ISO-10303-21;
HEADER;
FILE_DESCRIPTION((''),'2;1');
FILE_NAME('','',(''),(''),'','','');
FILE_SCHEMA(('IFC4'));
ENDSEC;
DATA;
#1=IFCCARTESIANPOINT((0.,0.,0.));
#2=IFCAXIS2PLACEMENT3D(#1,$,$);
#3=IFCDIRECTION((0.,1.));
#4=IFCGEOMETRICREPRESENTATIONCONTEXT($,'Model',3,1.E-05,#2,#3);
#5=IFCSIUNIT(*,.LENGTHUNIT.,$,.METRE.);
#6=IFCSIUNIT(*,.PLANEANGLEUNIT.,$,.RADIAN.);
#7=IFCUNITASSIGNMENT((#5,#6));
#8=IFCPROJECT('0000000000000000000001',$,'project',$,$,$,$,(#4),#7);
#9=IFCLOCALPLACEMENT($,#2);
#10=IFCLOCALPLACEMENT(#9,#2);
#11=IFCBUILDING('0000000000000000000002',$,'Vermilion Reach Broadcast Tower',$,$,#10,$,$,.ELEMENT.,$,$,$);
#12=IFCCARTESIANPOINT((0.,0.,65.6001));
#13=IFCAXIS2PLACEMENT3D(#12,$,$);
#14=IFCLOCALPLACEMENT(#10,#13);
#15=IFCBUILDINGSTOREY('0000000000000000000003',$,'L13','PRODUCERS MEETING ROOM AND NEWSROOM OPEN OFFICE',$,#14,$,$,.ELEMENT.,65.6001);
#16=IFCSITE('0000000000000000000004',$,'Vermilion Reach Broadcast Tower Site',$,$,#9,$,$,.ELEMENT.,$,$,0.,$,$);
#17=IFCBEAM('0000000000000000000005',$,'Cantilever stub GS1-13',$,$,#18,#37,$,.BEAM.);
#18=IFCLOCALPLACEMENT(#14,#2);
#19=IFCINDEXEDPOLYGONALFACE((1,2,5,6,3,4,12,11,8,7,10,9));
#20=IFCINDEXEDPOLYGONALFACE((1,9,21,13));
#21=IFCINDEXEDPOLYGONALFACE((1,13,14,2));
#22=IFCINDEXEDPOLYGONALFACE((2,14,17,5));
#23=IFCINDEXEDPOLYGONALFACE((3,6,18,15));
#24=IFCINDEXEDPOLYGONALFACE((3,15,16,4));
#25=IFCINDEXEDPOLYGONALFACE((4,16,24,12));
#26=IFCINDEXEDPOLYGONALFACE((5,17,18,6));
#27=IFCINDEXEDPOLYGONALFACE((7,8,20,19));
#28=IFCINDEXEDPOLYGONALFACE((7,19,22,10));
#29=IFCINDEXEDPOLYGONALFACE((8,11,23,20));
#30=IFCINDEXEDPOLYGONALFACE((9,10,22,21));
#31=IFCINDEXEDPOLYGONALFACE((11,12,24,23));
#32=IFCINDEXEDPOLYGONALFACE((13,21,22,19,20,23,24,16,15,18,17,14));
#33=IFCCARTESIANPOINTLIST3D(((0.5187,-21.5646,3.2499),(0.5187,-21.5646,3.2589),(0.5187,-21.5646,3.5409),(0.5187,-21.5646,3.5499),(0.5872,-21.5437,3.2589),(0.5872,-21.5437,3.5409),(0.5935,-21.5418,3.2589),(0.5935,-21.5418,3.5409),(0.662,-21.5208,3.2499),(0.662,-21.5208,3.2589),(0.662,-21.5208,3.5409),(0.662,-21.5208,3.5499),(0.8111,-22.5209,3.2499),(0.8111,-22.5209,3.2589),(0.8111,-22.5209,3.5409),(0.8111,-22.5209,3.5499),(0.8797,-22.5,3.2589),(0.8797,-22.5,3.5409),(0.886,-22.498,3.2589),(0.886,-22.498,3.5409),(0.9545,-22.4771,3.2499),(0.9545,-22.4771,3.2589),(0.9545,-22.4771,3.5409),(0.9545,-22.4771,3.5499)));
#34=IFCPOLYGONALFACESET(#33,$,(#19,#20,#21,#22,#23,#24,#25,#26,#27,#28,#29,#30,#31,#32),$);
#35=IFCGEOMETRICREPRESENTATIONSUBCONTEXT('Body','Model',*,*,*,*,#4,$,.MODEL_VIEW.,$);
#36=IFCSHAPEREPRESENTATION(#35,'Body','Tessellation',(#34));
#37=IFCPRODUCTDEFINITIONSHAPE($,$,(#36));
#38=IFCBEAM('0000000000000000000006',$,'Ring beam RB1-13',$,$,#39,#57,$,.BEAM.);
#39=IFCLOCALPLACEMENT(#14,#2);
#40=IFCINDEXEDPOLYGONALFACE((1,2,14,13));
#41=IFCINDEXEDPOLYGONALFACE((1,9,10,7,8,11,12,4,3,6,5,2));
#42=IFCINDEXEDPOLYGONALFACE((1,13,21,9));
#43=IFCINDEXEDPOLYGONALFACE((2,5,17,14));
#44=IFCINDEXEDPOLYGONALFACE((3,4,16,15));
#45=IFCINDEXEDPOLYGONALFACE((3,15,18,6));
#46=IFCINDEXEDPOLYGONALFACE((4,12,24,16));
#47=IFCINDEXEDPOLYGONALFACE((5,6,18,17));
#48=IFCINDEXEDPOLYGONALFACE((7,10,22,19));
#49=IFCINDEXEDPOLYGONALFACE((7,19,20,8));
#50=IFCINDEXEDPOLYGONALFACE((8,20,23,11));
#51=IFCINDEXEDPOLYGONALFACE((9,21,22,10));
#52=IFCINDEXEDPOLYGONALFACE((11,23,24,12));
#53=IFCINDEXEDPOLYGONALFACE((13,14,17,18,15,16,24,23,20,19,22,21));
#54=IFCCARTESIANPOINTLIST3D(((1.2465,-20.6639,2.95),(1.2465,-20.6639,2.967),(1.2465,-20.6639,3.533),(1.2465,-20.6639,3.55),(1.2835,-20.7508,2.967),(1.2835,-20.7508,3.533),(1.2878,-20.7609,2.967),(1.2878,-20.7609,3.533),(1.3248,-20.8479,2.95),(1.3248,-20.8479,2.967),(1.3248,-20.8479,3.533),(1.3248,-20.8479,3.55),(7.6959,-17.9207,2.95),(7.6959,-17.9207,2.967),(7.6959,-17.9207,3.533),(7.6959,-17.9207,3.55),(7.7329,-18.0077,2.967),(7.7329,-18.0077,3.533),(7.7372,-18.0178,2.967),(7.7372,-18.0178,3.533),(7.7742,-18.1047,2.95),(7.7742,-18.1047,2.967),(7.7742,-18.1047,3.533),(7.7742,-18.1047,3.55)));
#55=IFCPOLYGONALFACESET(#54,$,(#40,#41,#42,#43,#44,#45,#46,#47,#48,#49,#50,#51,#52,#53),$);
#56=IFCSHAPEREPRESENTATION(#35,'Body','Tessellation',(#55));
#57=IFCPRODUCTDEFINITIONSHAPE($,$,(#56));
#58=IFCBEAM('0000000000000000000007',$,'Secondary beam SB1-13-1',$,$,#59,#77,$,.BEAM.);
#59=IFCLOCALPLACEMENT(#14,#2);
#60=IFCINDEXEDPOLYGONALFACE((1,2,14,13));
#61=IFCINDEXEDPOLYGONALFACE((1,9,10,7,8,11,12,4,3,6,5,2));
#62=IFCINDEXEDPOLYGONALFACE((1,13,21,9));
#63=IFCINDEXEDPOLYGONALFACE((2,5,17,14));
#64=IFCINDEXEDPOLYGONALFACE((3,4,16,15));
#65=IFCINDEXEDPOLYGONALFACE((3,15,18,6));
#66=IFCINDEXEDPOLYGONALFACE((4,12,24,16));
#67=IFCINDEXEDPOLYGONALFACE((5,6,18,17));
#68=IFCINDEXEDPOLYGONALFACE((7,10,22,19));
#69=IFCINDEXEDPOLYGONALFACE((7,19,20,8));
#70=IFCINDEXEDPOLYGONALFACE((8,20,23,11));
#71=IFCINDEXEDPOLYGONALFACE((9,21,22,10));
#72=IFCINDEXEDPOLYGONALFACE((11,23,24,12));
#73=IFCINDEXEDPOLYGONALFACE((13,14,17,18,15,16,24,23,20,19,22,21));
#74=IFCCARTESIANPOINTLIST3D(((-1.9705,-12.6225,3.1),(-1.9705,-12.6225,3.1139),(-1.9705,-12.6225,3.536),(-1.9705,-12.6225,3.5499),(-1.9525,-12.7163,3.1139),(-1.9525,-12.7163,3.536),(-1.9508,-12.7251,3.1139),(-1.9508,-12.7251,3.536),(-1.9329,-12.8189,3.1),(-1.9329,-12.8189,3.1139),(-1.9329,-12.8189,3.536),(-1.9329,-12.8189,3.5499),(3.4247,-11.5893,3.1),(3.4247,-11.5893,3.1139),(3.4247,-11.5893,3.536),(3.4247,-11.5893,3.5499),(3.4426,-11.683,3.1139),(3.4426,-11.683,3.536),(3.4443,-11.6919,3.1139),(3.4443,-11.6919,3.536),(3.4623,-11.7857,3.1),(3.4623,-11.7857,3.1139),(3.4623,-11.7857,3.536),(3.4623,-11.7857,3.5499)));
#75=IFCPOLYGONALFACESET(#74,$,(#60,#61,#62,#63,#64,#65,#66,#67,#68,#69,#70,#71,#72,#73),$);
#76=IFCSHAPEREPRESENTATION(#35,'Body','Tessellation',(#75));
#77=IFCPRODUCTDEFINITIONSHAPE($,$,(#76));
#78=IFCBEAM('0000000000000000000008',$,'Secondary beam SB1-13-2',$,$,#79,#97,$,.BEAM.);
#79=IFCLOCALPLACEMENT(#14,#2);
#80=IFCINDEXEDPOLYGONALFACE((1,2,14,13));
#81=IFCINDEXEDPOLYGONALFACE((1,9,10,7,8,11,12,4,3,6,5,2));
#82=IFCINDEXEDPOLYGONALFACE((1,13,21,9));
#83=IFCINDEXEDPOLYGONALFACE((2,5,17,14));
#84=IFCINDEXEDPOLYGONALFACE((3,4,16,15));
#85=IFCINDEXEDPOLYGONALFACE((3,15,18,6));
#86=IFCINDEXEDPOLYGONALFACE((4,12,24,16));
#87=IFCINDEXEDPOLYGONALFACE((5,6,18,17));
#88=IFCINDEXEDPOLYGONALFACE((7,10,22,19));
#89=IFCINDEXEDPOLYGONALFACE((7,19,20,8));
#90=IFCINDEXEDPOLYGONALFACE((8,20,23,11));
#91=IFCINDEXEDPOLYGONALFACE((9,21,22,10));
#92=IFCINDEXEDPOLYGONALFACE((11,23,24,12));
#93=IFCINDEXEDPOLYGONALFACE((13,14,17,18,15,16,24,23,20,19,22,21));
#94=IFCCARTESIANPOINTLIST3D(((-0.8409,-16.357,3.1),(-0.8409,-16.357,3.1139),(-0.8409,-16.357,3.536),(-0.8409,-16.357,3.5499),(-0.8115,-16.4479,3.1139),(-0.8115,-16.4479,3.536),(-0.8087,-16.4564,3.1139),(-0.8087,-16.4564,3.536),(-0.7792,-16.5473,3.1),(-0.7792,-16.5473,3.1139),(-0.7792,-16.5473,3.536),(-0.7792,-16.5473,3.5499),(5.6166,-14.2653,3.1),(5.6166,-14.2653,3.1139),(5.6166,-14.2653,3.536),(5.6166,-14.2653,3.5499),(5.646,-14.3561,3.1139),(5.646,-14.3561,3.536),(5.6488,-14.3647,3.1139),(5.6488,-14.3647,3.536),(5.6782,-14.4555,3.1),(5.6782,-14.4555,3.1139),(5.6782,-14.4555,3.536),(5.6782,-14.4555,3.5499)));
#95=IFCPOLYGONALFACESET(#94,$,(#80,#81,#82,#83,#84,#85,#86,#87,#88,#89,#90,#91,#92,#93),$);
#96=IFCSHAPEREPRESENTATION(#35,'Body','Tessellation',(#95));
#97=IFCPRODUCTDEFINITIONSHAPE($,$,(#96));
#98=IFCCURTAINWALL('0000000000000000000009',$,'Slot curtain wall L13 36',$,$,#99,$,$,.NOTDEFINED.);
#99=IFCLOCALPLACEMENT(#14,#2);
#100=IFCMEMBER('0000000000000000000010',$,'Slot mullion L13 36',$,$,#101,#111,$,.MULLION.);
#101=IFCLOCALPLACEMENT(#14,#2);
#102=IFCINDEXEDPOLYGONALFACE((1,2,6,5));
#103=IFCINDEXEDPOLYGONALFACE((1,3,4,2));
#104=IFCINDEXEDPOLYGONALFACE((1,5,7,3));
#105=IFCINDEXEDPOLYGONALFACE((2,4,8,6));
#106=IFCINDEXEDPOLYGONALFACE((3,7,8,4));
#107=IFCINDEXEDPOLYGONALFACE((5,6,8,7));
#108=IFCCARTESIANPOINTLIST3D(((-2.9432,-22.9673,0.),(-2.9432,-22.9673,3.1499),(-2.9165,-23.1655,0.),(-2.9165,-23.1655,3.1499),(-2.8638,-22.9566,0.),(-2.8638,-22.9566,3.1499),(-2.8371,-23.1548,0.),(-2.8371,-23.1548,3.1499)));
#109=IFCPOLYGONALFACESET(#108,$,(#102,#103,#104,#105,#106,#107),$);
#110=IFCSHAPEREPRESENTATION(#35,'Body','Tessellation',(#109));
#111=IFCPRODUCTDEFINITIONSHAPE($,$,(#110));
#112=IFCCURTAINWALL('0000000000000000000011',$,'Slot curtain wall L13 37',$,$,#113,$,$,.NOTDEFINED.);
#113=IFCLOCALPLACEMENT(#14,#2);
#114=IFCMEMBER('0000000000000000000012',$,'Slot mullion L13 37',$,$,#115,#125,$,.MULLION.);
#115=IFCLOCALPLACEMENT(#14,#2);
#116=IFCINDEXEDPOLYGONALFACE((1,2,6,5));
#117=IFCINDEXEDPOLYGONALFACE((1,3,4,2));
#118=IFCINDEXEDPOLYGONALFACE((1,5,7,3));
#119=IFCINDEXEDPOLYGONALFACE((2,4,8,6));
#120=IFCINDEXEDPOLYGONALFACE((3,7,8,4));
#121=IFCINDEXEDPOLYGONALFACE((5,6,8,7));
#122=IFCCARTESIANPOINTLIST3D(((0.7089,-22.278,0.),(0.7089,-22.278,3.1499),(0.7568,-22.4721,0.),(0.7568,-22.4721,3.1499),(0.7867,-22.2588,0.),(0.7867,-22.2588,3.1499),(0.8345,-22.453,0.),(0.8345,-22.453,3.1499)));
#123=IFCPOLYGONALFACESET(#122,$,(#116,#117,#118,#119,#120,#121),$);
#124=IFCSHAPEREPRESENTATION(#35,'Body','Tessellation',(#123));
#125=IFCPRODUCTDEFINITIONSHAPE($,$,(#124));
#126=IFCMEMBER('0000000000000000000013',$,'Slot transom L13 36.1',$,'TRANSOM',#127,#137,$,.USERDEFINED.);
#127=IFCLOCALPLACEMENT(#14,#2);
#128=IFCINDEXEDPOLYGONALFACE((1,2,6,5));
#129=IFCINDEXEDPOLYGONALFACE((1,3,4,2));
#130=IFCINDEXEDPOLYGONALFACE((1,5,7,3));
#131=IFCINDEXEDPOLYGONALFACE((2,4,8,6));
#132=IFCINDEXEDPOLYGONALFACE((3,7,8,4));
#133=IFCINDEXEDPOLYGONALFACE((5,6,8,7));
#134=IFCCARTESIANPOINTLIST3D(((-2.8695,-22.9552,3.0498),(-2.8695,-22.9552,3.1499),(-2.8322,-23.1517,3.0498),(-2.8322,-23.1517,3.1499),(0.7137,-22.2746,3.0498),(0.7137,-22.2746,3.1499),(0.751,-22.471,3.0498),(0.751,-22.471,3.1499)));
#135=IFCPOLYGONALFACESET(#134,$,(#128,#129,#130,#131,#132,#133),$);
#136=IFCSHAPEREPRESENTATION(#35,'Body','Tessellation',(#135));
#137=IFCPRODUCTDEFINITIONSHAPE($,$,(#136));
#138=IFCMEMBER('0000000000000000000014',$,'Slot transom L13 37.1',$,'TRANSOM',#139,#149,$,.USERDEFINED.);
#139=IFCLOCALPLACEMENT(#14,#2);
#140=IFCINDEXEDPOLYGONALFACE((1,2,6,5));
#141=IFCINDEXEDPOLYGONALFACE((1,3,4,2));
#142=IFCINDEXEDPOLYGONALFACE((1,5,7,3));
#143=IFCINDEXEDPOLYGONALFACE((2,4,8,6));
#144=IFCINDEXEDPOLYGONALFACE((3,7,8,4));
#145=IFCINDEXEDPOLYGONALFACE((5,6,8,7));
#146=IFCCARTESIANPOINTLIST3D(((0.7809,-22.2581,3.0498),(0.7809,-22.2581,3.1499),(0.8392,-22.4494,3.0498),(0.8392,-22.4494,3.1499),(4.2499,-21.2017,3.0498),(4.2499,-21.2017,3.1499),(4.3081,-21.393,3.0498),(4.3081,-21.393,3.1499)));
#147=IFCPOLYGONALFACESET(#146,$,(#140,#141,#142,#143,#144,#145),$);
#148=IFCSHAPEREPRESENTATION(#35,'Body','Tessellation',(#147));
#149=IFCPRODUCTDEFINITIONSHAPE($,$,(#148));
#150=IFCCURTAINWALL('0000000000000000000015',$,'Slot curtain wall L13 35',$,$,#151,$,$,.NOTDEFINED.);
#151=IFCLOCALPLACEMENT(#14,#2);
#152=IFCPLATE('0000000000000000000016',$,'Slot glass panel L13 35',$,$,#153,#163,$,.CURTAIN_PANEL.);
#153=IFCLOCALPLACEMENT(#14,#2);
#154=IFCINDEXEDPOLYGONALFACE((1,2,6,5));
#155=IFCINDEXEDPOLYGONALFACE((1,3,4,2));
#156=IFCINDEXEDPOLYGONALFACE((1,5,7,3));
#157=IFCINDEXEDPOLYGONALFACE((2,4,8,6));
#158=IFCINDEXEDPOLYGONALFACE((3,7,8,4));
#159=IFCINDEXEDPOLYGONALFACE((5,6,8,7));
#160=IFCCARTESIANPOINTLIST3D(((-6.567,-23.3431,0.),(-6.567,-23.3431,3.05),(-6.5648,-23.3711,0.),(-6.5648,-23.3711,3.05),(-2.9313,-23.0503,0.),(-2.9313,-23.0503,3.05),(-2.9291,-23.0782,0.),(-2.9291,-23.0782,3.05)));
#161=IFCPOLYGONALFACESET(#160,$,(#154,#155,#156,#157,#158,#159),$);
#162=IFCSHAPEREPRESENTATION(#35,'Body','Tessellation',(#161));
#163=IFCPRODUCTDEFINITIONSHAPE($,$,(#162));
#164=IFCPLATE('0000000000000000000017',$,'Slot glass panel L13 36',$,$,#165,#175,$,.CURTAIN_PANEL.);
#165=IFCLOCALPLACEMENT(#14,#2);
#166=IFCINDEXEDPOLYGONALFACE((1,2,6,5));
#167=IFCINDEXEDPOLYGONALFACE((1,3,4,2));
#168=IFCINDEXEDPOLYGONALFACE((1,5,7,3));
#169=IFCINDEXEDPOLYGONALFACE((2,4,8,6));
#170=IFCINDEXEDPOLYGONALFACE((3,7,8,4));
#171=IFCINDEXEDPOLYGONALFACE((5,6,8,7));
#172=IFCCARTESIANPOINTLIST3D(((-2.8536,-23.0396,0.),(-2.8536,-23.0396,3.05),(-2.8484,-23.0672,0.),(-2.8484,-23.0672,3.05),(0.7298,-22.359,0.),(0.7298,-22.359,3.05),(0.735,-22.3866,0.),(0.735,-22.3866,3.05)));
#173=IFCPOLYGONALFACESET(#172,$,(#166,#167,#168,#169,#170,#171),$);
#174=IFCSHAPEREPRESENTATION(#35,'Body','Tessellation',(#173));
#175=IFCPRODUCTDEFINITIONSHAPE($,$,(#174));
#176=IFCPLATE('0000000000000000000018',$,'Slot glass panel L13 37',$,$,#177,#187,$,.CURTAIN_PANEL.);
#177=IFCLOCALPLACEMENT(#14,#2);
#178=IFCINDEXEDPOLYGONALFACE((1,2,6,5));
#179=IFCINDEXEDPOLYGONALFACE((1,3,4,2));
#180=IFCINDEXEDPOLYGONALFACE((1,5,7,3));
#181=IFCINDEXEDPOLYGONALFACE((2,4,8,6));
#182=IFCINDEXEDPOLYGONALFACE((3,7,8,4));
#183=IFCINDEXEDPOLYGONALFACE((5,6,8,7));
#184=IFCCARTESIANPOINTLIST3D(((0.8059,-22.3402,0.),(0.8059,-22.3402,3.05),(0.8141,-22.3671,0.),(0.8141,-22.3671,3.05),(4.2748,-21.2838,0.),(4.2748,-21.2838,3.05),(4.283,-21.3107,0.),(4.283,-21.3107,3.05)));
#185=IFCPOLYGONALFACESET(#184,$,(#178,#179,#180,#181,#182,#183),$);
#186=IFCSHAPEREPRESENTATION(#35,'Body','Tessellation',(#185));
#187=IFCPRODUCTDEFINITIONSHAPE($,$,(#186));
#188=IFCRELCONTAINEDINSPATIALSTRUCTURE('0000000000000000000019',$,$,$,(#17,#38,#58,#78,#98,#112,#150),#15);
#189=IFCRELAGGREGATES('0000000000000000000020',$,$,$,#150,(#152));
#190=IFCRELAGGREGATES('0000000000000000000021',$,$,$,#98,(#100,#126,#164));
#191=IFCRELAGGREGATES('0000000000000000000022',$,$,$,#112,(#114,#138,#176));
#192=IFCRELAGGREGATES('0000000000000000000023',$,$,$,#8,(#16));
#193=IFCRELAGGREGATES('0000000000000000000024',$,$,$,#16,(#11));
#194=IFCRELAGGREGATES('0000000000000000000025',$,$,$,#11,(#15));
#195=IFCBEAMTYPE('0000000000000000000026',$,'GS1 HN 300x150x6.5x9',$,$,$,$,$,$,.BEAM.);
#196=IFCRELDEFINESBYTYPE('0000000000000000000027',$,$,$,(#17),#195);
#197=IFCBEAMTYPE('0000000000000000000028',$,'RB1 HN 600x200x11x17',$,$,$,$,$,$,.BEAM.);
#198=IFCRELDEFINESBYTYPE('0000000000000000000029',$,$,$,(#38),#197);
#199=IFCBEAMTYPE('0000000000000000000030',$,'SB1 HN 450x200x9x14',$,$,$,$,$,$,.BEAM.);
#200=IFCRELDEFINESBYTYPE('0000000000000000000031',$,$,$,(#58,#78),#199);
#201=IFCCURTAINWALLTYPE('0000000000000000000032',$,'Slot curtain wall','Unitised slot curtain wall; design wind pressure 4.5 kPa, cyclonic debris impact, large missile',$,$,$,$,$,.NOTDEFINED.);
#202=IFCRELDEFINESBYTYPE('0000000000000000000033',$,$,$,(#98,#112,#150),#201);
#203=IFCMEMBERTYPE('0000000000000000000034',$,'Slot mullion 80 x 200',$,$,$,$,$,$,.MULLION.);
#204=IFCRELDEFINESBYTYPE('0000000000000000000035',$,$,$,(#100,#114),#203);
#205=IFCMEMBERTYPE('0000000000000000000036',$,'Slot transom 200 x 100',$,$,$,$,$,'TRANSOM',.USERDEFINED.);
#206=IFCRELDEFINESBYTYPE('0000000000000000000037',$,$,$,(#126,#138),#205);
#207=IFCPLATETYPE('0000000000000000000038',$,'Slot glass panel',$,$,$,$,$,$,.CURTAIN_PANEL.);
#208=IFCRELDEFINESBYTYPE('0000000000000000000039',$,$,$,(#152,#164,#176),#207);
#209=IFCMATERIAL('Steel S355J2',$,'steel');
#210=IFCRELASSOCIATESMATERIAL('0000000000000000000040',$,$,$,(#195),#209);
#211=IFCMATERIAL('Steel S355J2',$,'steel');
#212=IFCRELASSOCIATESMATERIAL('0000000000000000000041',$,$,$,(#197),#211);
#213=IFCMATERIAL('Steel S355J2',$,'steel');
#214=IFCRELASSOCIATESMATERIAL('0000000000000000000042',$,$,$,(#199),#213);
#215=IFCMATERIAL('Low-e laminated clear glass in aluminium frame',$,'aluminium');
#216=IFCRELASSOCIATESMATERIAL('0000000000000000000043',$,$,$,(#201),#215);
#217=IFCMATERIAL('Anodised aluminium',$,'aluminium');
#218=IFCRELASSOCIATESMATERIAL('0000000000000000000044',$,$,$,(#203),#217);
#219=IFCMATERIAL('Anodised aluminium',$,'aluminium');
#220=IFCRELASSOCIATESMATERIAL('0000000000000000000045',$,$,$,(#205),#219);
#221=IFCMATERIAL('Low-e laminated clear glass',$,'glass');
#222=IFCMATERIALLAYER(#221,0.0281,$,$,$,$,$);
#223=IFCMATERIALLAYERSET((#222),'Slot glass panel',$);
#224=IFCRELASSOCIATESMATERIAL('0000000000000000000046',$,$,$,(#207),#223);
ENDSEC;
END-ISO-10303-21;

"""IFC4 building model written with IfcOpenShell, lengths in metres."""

from ifc_helpers import new_model, si_unit, direction, frame, origin, origin_2d, place, context, subcontext, project, spatial, rectangle, i_section, extrude, material, layer, layer_set, material_profile, profile_set, type_object, element, aggregate, save


model = new_model("IFC4")

# Units and contexts
model_context = context("Model", 3, precision=1e-05, world=origin(), true_north=direction((0.0, 1.0)))
body_context = subcontext(model_context, "Body", "Model", "MODEL_VIEW")
ifc_project = project(units=[si_unit("LENGTHUNIT", "METRE"), si_unit("PLANEANGLEUNIT", "RADIAN")], contexts=[model_context])

# Site, building, storey
site_placement = place(None, origin())
site = spatial("IfcSite", under=ifc_project, at=site_placement, Name="Vermilion Reach Broadcast Tower Site", CompositionType="ELEMENT", RefElevation=0.0)
building_placement = place(site_placement, origin())
building = spatial("IfcBuilding", under=site, at=building_placement, Name="Vermilion Reach Broadcast Tower", CompositionType="ELEMENT")
storey_placement = place(building_placement, frame((0.0, 0.0, 65.6001)))
storey = spatial("IfcBuildingStorey", under=building, at=storey_placement, Name="L13", Description="PRODUCERS MEETING ROOM AND NEWSROOM OPEN OFFICE", CompositionType="ELEMENT", Elevation=65.6001)

# Beams
ifc_material_1 = material(Name="Steel S355J2", Category="steel")
ifc_material_profile_1 = material_profile(ifc_material_1, i_section(OverallWidth=0.1499, OverallDepth=0.3, WebThickness=0.0066, FlangeThickness=0.009, at=origin_2d()), Name="S355J2 HN 300x150x6.5x9")
ifc_profile_set_1 = profile_set([ifc_material_profile_1], Name="Steel S355J2")
beam_type_1 = type_object("IfcBeamType", Name="GS1 HN 300x150x6.5x9", PredefinedType="BEAM", material=ifc_profile_set_1)
beam_1_placement = place(storey_placement, frame((0.5903, -21.5427, 3.3999), z_axis=(0.292473, -0.956274, 0.0), x_axis=(0.956274, 0.292473, 0.0)))
element("IfcBeam", 1, at=beam_1_placement, inside=storey, type_object=beam_type_1, Name="Cantilever stub GS1-13", PredefinedType="BEAM", context=body_context, shape_type="SweptSolid", body=[
    extrude(i_section(OverallWidth=0.1499, OverallDepth=0.3, WebThickness=0.0066, FlangeThickness=0.009, at=origin_2d()), origin(), (0.0, 0.0, 1.0), 1.0),
])
ifc_material_2 = material(Name="Steel S355J2", Category="steel")
ifc_material_profile_2 = material_profile(ifc_material_2, i_section(OverallWidth=0.2, OverallDepth=0.6001, WebThickness=0.011, FlangeThickness=0.0171, at=origin_2d()), Name="S355J2 HN 600x200x11x17")
ifc_profile_set_2 = profile_set([ifc_material_profile_2], Name="Steel S355J2")
beam_type_2 = type_object("IfcBeamType", Name="RB1 HN 600x200x11x17", PredefinedType="BEAM", material=ifc_profile_set_2)
beam_2_placement = place(storey_placement, frame((1.2856, -20.7559, 3.25), z_axis=(0.920221, 0.3914, 0.0), x_axis=(-0.3914, 0.920221, 0.0)))
element("IfcBeam", 2, at=beam_2_placement, inside=storey, type_object=beam_type_2, Name="Ring beam RB1-13", PredefinedType="BEAM", context=body_context, shape_type="SweptSolid", body=[
    extrude(i_section(OverallWidth=0.2, OverallDepth=0.6001, WebThickness=0.011, FlangeThickness=0.0171, at=origin_2d()), origin(), (0.0, 0.0, 1.0), 7.0085),
])
ifc_material_3 = material(Name="Steel S355J2", Category="steel")
ifc_material_profile_3 = material_profile(ifc_material_3, i_section(OverallWidth=0.2, OverallDepth=0.45, WebThickness=0.009, FlangeThickness=0.0139, at=origin_2d()), Name="S355J2 HN 450x200x9x14")
ifc_profile_set_3 = profile_set([ifc_material_profile_3], Name="Steel S355J2")
beam_type_3 = type_object("IfcBeamType", Name="SB1 HN 450x200x9x14", PredefinedType="BEAM", material=ifc_profile_set_3)
beam_3_placement = place(storey_placement, frame((-1.9517, -12.7207, 3.325), z_axis=(0.982151, 0.188092, 0.0), x_axis=(-0.188092, 0.982151, 0.0)))
element("IfcBeam", 3, at=beam_3_placement, inside=storey, type_object=beam_type_3, Name="Secondary beam SB1-13-1", PredefinedType="BEAM", context=body_context, shape_type="SweptSolid", body=[
    extrude(i_section(OverallWidth=0.2, OverallDepth=0.45, WebThickness=0.009, FlangeThickness=0.0139, at=origin_2d()), origin(), (0.0, 0.0, 1.0), 5.4932),
])
beam_4_placement = place(storey_placement, frame((-0.8101, -16.4521, 3.325), z_axis=(0.951332, 0.308167, 0.0), x_axis=(-0.308167, 0.951332, 0.0)))
element("IfcBeam", 4, at=beam_4_placement, inside=storey, type_object=beam_type_3, Name="Secondary beam SB1-13-2", PredefinedType="BEAM", context=body_context, shape_type="SweptSolid", body=[
    extrude(i_section(OverallWidth=0.2, OverallDepth=0.45, WebThickness=0.009, FlangeThickness=0.0139, at=origin_2d()), origin(), (0.0, 0.0, 1.0), 6.7878),
])

# Curtain walls, members
ifc_material_4 = material(Name="Low-e laminated clear glass in aluminium frame", Category="aluminium")
curtain_wall_type = type_object("IfcCurtainWallType", Name="Slot curtain wall", Description="Unitised slot curtain wall; design wind pressure 4.5 kPa, cyclonic debris impact, large missile", PredefinedType="NOTDEFINED", material=ifc_material_4)
placement = place(storey_placement, origin())
curtain_wall_1 = element("IfcCurtainWall", 5, at=placement, inside=storey, type_object=curtain_wall_type, Name="Slot curtain wall L13 36", PredefinedType="NOTDEFINED")
ifc_material_5 = material(Name="Anodised aluminium", Category="aluminium")
ifc_material_profile_4 = material_profile(ifc_material_5, rectangle(XDim=0.2, YDim=0.0801, at=origin_2d()), Name="Slot mullion 80 x 200")
ifc_profile_set_4 = profile_set([ifc_material_profile_4], Name="Anodised aluminium")
member_type_1 = type_object("IfcMemberType", Name="Slot mullion 80 x 200", PredefinedType="MULLION", material=ifc_profile_set_4)
member_1_placement = place(storey_placement, frame((-2.8901, -23.061, 0.0), z_axis=(0.0, 0.0, 1.0), x_axis=(-0.13364, 0.99103, 0.0)))
member_1 = element("IfcMember", 6, at=member_1_placement, type_object=member_type_1, Name="Slot mullion L13 36", PredefinedType="MULLION", context=body_context, shape_type="SweptSolid", body=[
    extrude(rectangle(XDim=0.2, YDim=0.0801, at=origin_2d()), origin(), (0.0, 0.0, 1.0), 3.1499),
])
curtain_wall_2 = element("IfcCurtainWall", 7, at=placement, inside=storey, type_object=curtain_wall_type, Name="Slot curtain wall L13 37", PredefinedType="NOTDEFINED")
member_2_placement = place(storey_placement, frame((0.7717, -22.3655, 0.0), z_axis=(0.0, 0.0, 1.0), x_axis=(-0.239312, 0.970943, 0.0)))
member_2 = element("IfcMember", 8, at=member_2_placement, type_object=member_type_1, Name="Slot mullion L13 37", PredefinedType="MULLION", context=body_context, shape_type="SweptSolid", body=[
    extrude(rectangle(XDim=0.2, YDim=0.0801, at=origin_2d()), origin(), (0.0, 0.0, 1.0), 3.1499),
])

# Members
ifc_material_6 = material(Name="Anodised aluminium", Category="aluminium")
ifc_material_profile_5 = material_profile(ifc_material_6, rectangle(XDim=0.2, YDim=0.1001, at=origin_2d()), Name="Slot transom 200 x 100")
ifc_profile_set_5 = profile_set([ifc_material_profile_5], Name="Anodised aluminium")
member_type_2 = type_object("IfcMemberType", Name="Slot transom 200 x 100", ElementType="TRANSOM", PredefinedType="USERDEFINED", material=ifc_profile_set_5)
member_3_placement = place(storey_placement, frame((-2.8508, -23.0535, 3.0999), z_axis=(0.982432, 0.18662, 0.0), x_axis=(-0.18662, 0.982432, 0.0)))
member_3 = element("IfcMember", 9, at=member_3_placement, type_object=member_type_2, Name="Slot transom L13 36.1", ObjectType="TRANSOM", PredefinedType="USERDEFINED", context=body_context, shape_type="SweptSolid", body=[
    extrude(rectangle(XDim=0.2, YDim=0.1001, at=origin_2d()), origin(), (0.0, 0.0, 1.0), 3.6472),
])
member_4_placement = place(storey_placement, frame((0.8101, -22.3538, 3.0999), z_axis=(0.956627, 0.291317, 0.0), x_axis=(-0.291317, 0.956627, 0.0)))
member_4 = element("IfcMember", 10, at=member_4_placement, type_object=member_type_2, Name="Slot transom L13 37.1", ObjectType="TRANSOM", PredefinedType="USERDEFINED", context=body_context, shape_type="SweptSolid", body=[
    extrude(rectangle(XDim=0.2, YDim=0.1001, at=origin_2d()), origin(), (0.0, 0.0, 1.0), 3.6262),
])

# Curtain wall, plate
curtain_wall_3 = element("IfcCurtainWall", 11, at=placement, inside=storey, type_object=curtain_wall_type, Name="Slot curtain wall L13 35", PredefinedType="NOTDEFINED")
ifc_material_7 = material(Name="Low-e laminated clear glass", Category="glass")
ifc_layer_1 = layer(ifc_material_7, 0.0281)
ifc_layer_set_1 = layer_set([ifc_layer_1], Name="Slot glass panel")
plate_type = type_object("IfcPlateType", Name="Slot glass panel", PredefinedType="CURTAIN_PANEL", material=ifc_layer_set_1)
plate_1_placement = place(storey_placement, frame((-4.748, -23.2107, 0.0), z_axis=(0.0, 0.0, 1.0), x_axis=(0.996771, 0.080297, 0.0)))
plate_1 = element("IfcPlate", 12, at=plate_1_placement, type_object=plate_type, Name="Slot glass panel L13 35", PredefinedType="CURTAIN_PANEL", context=body_context, shape_type="SweptSolid", body=[
    extrude(rectangle(XDim=3.6475, YDim=0.0281, at=origin_2d()), origin(), (0.0, 0.0, 1.0), 3.05),
])
aggregate(curtain_wall_3, [plate_1])

# Plates
plate_2_placement = place(storey_placement, frame((-1.0593, -22.7131, 0.0), z_axis=(0.0, 0.0, 1.0), x_axis=(0.982436, 0.186598, 0.0)))
plate_2 = element("IfcPlate", 13, at=plate_2_placement, type_object=plate_type, Name="Slot glass panel L13 36", PredefinedType="CURTAIN_PANEL", context=body_context, shape_type="SweptSolid", body=[
    extrude(rectangle(XDim=3.6475, YDim=0.0281, at=origin_2d()), origin(), (0.0, 0.0, 1.0), 3.05),
])
aggregate(curtain_wall_1, [member_1, member_3, plate_2])
plate_3_placement = place(storey_placement, frame((2.5444, -21.8254, 0.0), z_axis=(0.0, 0.0, 1.0), x_axis=(0.956623, 0.291329, 0.0)))
plate_3 = element("IfcPlate", 14, at=plate_3_placement, type_object=plate_type, Name="Slot glass panel L13 37", PredefinedType="CURTAIN_PANEL", context=body_context, shape_type="SweptSolid", body=[
    extrude(rectangle(XDim=3.6262, YDim=0.0281, at=origin_2d()), origin(), (0.0, 0.0, 1.0), 3.05),
])
aggregate(curtain_wall_2, [member_2, member_4, plate_3])

save(model, "model.ifc")
